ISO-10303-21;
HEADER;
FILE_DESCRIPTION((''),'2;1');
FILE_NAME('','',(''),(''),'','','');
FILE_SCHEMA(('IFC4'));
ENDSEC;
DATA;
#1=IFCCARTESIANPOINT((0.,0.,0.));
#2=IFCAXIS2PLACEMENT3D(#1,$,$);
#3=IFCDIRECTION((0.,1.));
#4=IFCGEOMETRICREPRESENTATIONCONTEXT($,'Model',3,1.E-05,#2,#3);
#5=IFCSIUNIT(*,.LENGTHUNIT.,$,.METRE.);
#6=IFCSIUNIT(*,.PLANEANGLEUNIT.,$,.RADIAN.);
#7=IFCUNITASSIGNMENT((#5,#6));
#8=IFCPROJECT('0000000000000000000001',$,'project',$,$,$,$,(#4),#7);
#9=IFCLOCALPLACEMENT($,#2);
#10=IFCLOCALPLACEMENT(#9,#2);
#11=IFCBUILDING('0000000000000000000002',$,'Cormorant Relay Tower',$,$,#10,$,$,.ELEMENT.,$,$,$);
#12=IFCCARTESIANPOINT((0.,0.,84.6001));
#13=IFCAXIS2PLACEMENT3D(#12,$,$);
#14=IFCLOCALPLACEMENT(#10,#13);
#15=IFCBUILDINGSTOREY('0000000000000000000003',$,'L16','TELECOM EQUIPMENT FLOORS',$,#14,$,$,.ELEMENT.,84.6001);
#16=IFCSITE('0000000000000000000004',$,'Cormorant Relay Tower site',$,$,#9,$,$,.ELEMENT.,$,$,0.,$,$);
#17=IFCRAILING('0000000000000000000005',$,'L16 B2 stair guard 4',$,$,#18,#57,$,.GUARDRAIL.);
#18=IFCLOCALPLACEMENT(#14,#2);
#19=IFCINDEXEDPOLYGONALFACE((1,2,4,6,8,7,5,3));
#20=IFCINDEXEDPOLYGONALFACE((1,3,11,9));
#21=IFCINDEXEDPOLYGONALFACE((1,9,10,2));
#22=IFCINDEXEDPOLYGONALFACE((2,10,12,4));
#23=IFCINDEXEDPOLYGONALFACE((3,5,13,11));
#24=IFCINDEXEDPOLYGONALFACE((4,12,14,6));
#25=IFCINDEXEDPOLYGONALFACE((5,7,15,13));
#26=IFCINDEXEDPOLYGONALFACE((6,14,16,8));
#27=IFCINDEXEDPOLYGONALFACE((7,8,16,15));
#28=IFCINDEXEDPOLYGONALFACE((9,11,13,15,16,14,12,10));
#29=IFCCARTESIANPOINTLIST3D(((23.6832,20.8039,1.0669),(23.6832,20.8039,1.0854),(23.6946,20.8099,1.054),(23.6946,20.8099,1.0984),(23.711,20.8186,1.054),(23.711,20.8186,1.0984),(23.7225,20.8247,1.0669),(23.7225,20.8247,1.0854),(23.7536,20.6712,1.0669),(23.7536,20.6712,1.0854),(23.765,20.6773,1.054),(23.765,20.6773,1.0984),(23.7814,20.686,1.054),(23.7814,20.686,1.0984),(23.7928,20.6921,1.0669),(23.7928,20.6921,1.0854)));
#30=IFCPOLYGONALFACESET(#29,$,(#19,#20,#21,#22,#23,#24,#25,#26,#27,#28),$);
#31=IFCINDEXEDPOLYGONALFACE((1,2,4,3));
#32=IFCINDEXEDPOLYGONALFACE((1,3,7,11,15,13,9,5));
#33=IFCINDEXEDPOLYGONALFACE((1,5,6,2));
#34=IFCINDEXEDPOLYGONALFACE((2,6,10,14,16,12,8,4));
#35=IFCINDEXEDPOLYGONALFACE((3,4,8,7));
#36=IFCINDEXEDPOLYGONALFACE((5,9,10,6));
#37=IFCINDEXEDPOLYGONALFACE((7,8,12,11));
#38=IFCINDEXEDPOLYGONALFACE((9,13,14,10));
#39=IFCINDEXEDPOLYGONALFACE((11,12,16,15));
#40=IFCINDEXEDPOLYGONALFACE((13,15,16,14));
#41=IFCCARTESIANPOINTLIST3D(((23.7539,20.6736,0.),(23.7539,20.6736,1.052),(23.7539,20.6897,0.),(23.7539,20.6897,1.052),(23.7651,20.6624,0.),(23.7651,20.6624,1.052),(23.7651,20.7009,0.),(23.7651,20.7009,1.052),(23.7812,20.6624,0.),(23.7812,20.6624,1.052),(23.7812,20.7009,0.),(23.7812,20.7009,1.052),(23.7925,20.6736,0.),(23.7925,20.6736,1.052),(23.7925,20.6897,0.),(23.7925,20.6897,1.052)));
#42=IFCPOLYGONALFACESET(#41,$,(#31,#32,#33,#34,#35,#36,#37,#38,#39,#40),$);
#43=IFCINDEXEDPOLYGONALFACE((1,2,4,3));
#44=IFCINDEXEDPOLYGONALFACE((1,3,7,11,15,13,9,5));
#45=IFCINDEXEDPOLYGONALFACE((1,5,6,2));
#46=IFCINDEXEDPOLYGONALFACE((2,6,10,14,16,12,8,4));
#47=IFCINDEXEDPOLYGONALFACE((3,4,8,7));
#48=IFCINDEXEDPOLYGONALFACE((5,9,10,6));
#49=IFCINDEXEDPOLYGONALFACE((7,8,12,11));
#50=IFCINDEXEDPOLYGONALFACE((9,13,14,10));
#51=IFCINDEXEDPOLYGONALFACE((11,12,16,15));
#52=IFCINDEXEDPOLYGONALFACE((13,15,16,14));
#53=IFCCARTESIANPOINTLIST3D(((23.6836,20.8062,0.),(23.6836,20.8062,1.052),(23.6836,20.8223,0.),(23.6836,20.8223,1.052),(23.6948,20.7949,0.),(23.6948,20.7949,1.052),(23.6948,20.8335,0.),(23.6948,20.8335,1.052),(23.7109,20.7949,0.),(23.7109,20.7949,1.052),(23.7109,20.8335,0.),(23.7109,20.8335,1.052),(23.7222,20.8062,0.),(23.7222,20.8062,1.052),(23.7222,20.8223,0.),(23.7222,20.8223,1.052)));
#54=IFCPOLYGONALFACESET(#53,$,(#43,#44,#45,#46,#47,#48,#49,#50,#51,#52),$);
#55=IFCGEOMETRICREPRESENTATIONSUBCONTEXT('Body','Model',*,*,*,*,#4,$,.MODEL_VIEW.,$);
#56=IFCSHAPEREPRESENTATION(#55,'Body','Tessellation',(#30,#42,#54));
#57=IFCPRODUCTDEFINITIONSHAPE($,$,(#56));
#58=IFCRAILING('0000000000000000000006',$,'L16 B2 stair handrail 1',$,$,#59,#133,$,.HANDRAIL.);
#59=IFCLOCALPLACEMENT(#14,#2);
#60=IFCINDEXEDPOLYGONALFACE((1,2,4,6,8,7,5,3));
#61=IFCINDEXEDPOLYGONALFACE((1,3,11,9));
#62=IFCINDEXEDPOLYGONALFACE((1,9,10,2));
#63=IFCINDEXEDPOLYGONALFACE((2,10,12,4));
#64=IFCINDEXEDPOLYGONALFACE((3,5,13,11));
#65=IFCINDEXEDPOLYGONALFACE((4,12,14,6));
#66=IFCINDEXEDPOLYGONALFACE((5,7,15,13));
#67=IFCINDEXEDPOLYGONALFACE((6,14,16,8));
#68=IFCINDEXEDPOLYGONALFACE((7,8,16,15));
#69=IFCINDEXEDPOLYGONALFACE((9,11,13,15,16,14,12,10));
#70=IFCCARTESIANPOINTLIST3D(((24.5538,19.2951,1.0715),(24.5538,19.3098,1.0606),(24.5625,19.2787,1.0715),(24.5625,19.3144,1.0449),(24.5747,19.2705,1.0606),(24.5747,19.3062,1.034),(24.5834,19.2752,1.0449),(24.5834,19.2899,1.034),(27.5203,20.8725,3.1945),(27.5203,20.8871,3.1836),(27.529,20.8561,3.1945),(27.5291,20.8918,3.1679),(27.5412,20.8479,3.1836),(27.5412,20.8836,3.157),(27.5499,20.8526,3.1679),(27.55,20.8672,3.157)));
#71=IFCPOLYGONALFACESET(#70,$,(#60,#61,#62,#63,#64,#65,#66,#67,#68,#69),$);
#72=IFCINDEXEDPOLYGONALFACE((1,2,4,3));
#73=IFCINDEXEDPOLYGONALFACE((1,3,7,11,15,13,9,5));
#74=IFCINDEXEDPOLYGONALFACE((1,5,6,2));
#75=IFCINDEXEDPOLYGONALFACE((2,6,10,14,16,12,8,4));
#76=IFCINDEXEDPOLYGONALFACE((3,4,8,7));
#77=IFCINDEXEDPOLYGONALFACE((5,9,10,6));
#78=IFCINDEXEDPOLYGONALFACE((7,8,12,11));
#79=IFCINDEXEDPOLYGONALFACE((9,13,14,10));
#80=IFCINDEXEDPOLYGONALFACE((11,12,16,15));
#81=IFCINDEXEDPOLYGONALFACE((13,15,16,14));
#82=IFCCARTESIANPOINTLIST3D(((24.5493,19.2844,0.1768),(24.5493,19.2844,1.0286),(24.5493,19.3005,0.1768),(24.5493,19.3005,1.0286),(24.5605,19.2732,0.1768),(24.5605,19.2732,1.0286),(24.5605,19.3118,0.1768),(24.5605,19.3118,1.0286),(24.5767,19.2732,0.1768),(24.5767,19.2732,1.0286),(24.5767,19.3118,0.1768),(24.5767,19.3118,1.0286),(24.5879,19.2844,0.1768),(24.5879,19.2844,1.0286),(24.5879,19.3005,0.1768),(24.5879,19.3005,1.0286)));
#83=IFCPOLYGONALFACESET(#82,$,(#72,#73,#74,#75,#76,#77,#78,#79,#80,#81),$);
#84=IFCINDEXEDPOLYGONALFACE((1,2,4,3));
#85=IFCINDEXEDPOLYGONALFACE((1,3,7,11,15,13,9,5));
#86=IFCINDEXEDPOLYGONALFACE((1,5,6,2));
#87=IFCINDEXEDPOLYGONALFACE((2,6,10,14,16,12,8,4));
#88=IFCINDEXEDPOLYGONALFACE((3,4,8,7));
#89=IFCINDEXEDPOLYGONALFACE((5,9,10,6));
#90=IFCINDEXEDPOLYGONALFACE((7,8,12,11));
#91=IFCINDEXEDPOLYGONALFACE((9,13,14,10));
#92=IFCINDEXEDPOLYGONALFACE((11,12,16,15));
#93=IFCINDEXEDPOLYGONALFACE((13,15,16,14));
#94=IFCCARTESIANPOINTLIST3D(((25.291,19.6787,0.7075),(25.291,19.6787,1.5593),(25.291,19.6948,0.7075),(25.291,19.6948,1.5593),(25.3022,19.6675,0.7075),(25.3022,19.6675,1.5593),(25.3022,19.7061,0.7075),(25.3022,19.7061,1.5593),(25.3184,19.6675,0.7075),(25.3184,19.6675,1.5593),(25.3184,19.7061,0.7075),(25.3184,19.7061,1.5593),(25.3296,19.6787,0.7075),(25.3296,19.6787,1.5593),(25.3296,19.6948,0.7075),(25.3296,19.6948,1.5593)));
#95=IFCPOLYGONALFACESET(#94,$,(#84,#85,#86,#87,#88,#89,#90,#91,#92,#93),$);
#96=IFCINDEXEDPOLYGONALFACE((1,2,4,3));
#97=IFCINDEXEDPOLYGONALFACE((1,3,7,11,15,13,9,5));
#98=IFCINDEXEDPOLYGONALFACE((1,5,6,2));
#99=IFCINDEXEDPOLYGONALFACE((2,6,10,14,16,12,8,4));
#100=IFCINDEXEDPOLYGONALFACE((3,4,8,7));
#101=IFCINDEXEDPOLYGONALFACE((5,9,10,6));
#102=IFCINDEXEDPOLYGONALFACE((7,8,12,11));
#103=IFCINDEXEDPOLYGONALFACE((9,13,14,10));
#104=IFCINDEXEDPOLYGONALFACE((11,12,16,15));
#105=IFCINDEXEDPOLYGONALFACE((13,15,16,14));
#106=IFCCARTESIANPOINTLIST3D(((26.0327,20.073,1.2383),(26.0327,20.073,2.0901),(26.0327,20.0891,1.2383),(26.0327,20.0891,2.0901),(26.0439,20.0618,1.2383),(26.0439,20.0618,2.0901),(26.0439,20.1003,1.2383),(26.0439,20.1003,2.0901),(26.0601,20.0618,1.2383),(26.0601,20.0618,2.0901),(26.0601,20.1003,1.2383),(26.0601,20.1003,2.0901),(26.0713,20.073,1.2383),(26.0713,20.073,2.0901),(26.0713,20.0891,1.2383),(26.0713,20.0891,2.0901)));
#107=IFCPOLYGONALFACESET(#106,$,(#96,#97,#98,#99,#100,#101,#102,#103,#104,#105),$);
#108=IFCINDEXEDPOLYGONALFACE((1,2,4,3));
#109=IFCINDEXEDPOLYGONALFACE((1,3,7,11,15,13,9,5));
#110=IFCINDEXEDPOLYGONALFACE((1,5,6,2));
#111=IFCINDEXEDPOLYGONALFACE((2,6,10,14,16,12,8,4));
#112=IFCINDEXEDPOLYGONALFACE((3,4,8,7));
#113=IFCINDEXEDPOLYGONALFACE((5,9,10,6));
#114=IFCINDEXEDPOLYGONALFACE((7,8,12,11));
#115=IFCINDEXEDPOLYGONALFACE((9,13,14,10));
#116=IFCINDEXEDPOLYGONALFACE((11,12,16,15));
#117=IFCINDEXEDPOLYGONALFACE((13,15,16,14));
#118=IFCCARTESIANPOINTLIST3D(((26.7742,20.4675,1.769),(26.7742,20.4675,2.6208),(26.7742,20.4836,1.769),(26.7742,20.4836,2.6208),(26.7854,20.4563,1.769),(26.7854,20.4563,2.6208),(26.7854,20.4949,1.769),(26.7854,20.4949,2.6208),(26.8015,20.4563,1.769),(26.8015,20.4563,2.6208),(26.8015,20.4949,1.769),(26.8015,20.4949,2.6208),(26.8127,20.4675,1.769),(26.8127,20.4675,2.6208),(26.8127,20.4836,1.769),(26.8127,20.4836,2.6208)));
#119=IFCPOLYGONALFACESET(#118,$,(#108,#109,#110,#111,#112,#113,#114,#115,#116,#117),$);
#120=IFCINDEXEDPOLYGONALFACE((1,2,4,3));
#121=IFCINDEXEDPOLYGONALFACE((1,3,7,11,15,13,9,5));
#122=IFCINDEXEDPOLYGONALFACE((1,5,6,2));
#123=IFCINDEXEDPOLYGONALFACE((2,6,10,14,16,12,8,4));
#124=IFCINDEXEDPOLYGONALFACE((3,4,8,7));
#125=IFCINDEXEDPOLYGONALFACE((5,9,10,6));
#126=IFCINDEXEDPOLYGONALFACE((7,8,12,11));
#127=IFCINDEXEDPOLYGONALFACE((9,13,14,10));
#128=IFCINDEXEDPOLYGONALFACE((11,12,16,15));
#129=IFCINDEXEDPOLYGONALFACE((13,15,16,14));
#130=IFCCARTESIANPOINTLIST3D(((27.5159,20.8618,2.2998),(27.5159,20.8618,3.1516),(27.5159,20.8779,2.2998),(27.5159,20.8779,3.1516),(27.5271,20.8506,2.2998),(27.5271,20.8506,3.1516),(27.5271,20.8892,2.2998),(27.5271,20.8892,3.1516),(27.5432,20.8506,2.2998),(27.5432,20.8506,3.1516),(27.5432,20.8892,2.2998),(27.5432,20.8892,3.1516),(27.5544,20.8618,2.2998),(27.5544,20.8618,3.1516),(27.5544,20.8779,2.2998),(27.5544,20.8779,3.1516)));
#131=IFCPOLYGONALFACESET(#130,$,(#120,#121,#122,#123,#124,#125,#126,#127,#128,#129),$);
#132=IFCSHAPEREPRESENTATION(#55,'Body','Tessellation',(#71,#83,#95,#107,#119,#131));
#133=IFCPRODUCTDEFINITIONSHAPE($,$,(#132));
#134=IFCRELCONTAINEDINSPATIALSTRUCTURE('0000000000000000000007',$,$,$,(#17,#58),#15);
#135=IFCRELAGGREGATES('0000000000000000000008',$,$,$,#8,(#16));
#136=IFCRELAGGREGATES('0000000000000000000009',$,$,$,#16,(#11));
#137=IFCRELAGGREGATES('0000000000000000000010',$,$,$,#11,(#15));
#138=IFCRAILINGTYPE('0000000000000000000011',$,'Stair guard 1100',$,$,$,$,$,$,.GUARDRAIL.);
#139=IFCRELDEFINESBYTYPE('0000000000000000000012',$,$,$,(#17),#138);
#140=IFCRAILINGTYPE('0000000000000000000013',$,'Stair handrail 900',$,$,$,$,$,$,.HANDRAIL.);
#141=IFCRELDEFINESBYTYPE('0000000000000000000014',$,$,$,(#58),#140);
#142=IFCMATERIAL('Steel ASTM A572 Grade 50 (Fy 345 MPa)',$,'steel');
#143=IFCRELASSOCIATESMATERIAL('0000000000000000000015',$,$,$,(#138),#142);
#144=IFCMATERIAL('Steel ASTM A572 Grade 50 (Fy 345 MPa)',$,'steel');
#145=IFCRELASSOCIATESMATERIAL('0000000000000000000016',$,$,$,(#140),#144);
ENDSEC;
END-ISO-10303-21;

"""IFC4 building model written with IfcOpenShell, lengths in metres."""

from ifc_helpers import new_model, si_unit, direction, frame, origin, place, context, subcontext, project, spatial, polyline, outline, extrude, material, type_object, element, save


model = new_model("IFC4")

# Units and contexts
model_context = context("Model", 3, precision=1e-05, world=origin(), true_north=direction((0.0, 1.0)))
body_context = subcontext(model_context, "Body", "Model", "MODEL_VIEW")
ifc_project = project(units=[si_unit("LENGTHUNIT", "METRE"), si_unit("PLANEANGLEUNIT", "RADIAN")], contexts=[model_context])

# Site, building, storey
site_placement = place(None, origin())
site = spatial("IfcSite", under=ifc_project, at=site_placement, Name="Cormorant Relay Tower site", CompositionType="ELEMENT", RefElevation=0.0)
building_placement = place(site_placement, origin())
building = spatial("IfcBuilding", under=site, at=building_placement, Name="Cormorant Relay Tower", CompositionType="ELEMENT")
storey_placement = place(building_placement, frame((0.0, 0.0, 84.6001)))
storey = spatial("IfcBuildingStorey", under=building, at=storey_placement, Name="L16", Description="TELECOM EQUIPMENT FLOORS", CompositionType="ELEMENT", Elevation=84.6001)

# Railings
ifc_material_1 = material(Name="Steel ASTM A572 Grade 50 (Fy 345 MPa)", Category="steel")
railing_type_1 = type_object("IfcRailingType", Name="Stair guard 1100", PredefinedType="GUARDRAIL", material=ifc_material_1)
railing_1_placement = place(storey_placement, frame((23.7732, 20.6816, 0.0)))
element("IfcRailing", 1, at=railing_1_placement, inside=storey, type_object=railing_type_1, Name="L16 B2 stair guard 4", PredefinedType="GUARDRAIL", context=body_context, shape_type="SweptSolid", body=[
    extrude(outline(polyline([(0.0222, 0.0093), (0.0093, 0.0222), (-0.0093, 0.0222), (-0.0222, 0.0093), (-0.0222, -0.0093), (-0.0093, -0.0222), (0.0093, -0.0222), (0.0222, -0.0093), (0.0222, 0.0093)])), frame((0.0, 0.0, 1.0762), z_axis=(-0.46856, 0.883431, 0.0), x_axis=(-0.883431, -0.46856, 0.0)), (0.0, 0.0, 1.0), 0.1501),
    extrude(outline(polyline([(0.0193, 0.0081), (0.0081, 0.0193), (-0.0081, 0.0193), (-0.0193, 0.0081), (-0.0193, -0.0081), (-0.0081, -0.0193), (0.0081, -0.0193), (0.0193, -0.0081), (0.0193, 0.0081)])), origin(), (0.0, 0.0, 1.0), 1.052),
    extrude(outline(polyline([(0.0193, 0.0081), (0.0081, 0.0193), (-0.0081, 0.0193), (-0.0193, 0.0081), (-0.0193, -0.0081), (-0.0081, -0.0193), (0.0081, -0.0193), (0.0193, -0.0081), (0.0193, 0.0081)])), frame((-0.0703, 0.1326, 0.0)), (0.0, 0.0, 1.0), 1.052),
])
ifc_material_2 = material(Name="Steel ASTM A572 Grade 50 (Fy 345 MPa)", Category="steel")
railing_type_2 = type_object("IfcRailingType", Name="Stair handrail 900", PredefinedType="HANDRAIL", material=ifc_material_2)
railing_2_placement = place(storey_placement, frame((24.5686, 19.2925, 0.1768)))
element("IfcRailing", 2, at=railing_2_placement, inside=storey, type_object=railing_type_2, Name="L16 B2 stair handrail 1", PredefinedType="HANDRAIL", context=body_context, shape_type="SweptSolid", body=[
    extrude(outline(polyline([(0.0222, 0.0093), (0.0093, 0.0222), (-0.0093, 0.0222), (-0.0222, 0.0093), (-0.0222, -0.0093), (-0.0093, -0.0222), (0.0093, -0.0222), (0.0222, -0.0093), (0.0222, 0.0093)])), frame((0.0, 0.0, 0.876), z_axis=(0.746413, 0.396887, 0.534179), x_axis=(-0.469483, 0.882942, 0.0)), (0.0, 0.0, 1.0), 3.9744),
    extrude(outline(polyline([(0.0193, 0.0081), (0.0081, 0.0193), (-0.0081, 0.0193), (-0.0193, 0.0081), (-0.0193, -0.0081), (-0.0081, -0.0193), (0.0081, -0.0193), (0.0193, -0.0081), (0.0193, 0.0081)])), origin(), (0.0, 0.0, 1.0), 0.8518),
    extrude(outline(polyline([(0.0193, 0.0081), (0.0081, 0.0193), (-0.0081, 0.0193), (-0.0193, 0.0081), (-0.0193, -0.0081), (-0.0081, -0.0193), (0.0081, -0.0193), (0.0193, -0.0081), (0.0193, 0.0081)])), frame((0.7417, 0.3943, 0.5308)), (0.0, 0.0, 1.0), 0.8518),
    extrude(outline(polyline([(0.0193, 0.0081), (0.0081, 0.0193), (-0.0081, 0.0193), (-0.0193, 0.0081), (-0.0193, -0.0081), (-0.0081, -0.0193), (0.0081, -0.0193), (0.0193, -0.0081), (0.0193, 0.0081)])), frame((1.4834, 0.7886, 1.0615)), (0.0, 0.0, 1.0), 0.8518),
    extrude(outline(polyline([(0.0193, 0.0081), (0.0081, 0.0193), (-0.0081, 0.0193), (-0.0193, 0.0081), (-0.0193, -0.0081), (-0.0081, -0.0193), (0.0081, -0.0193), (0.0193, -0.0081), (0.0193, 0.0081)])), frame((2.2249, 1.1831, 1.5923)), (0.0, 0.0, 1.0), 0.8518),
    extrude(outline(polyline([(0.0193, 0.0081), (0.0081, 0.0193), (-0.0081, 0.0193), (-0.0193, 0.0081), (-0.0193, -0.0081), (-0.0081, -0.0193), (0.0081, -0.0193), (0.0193, -0.0081), (0.0193, 0.0081)])), frame((2.9666, 1.5774, 2.123)), (0.0, 0.0, 1.0), 0.8518),
])

save(model, "model.ifc")
